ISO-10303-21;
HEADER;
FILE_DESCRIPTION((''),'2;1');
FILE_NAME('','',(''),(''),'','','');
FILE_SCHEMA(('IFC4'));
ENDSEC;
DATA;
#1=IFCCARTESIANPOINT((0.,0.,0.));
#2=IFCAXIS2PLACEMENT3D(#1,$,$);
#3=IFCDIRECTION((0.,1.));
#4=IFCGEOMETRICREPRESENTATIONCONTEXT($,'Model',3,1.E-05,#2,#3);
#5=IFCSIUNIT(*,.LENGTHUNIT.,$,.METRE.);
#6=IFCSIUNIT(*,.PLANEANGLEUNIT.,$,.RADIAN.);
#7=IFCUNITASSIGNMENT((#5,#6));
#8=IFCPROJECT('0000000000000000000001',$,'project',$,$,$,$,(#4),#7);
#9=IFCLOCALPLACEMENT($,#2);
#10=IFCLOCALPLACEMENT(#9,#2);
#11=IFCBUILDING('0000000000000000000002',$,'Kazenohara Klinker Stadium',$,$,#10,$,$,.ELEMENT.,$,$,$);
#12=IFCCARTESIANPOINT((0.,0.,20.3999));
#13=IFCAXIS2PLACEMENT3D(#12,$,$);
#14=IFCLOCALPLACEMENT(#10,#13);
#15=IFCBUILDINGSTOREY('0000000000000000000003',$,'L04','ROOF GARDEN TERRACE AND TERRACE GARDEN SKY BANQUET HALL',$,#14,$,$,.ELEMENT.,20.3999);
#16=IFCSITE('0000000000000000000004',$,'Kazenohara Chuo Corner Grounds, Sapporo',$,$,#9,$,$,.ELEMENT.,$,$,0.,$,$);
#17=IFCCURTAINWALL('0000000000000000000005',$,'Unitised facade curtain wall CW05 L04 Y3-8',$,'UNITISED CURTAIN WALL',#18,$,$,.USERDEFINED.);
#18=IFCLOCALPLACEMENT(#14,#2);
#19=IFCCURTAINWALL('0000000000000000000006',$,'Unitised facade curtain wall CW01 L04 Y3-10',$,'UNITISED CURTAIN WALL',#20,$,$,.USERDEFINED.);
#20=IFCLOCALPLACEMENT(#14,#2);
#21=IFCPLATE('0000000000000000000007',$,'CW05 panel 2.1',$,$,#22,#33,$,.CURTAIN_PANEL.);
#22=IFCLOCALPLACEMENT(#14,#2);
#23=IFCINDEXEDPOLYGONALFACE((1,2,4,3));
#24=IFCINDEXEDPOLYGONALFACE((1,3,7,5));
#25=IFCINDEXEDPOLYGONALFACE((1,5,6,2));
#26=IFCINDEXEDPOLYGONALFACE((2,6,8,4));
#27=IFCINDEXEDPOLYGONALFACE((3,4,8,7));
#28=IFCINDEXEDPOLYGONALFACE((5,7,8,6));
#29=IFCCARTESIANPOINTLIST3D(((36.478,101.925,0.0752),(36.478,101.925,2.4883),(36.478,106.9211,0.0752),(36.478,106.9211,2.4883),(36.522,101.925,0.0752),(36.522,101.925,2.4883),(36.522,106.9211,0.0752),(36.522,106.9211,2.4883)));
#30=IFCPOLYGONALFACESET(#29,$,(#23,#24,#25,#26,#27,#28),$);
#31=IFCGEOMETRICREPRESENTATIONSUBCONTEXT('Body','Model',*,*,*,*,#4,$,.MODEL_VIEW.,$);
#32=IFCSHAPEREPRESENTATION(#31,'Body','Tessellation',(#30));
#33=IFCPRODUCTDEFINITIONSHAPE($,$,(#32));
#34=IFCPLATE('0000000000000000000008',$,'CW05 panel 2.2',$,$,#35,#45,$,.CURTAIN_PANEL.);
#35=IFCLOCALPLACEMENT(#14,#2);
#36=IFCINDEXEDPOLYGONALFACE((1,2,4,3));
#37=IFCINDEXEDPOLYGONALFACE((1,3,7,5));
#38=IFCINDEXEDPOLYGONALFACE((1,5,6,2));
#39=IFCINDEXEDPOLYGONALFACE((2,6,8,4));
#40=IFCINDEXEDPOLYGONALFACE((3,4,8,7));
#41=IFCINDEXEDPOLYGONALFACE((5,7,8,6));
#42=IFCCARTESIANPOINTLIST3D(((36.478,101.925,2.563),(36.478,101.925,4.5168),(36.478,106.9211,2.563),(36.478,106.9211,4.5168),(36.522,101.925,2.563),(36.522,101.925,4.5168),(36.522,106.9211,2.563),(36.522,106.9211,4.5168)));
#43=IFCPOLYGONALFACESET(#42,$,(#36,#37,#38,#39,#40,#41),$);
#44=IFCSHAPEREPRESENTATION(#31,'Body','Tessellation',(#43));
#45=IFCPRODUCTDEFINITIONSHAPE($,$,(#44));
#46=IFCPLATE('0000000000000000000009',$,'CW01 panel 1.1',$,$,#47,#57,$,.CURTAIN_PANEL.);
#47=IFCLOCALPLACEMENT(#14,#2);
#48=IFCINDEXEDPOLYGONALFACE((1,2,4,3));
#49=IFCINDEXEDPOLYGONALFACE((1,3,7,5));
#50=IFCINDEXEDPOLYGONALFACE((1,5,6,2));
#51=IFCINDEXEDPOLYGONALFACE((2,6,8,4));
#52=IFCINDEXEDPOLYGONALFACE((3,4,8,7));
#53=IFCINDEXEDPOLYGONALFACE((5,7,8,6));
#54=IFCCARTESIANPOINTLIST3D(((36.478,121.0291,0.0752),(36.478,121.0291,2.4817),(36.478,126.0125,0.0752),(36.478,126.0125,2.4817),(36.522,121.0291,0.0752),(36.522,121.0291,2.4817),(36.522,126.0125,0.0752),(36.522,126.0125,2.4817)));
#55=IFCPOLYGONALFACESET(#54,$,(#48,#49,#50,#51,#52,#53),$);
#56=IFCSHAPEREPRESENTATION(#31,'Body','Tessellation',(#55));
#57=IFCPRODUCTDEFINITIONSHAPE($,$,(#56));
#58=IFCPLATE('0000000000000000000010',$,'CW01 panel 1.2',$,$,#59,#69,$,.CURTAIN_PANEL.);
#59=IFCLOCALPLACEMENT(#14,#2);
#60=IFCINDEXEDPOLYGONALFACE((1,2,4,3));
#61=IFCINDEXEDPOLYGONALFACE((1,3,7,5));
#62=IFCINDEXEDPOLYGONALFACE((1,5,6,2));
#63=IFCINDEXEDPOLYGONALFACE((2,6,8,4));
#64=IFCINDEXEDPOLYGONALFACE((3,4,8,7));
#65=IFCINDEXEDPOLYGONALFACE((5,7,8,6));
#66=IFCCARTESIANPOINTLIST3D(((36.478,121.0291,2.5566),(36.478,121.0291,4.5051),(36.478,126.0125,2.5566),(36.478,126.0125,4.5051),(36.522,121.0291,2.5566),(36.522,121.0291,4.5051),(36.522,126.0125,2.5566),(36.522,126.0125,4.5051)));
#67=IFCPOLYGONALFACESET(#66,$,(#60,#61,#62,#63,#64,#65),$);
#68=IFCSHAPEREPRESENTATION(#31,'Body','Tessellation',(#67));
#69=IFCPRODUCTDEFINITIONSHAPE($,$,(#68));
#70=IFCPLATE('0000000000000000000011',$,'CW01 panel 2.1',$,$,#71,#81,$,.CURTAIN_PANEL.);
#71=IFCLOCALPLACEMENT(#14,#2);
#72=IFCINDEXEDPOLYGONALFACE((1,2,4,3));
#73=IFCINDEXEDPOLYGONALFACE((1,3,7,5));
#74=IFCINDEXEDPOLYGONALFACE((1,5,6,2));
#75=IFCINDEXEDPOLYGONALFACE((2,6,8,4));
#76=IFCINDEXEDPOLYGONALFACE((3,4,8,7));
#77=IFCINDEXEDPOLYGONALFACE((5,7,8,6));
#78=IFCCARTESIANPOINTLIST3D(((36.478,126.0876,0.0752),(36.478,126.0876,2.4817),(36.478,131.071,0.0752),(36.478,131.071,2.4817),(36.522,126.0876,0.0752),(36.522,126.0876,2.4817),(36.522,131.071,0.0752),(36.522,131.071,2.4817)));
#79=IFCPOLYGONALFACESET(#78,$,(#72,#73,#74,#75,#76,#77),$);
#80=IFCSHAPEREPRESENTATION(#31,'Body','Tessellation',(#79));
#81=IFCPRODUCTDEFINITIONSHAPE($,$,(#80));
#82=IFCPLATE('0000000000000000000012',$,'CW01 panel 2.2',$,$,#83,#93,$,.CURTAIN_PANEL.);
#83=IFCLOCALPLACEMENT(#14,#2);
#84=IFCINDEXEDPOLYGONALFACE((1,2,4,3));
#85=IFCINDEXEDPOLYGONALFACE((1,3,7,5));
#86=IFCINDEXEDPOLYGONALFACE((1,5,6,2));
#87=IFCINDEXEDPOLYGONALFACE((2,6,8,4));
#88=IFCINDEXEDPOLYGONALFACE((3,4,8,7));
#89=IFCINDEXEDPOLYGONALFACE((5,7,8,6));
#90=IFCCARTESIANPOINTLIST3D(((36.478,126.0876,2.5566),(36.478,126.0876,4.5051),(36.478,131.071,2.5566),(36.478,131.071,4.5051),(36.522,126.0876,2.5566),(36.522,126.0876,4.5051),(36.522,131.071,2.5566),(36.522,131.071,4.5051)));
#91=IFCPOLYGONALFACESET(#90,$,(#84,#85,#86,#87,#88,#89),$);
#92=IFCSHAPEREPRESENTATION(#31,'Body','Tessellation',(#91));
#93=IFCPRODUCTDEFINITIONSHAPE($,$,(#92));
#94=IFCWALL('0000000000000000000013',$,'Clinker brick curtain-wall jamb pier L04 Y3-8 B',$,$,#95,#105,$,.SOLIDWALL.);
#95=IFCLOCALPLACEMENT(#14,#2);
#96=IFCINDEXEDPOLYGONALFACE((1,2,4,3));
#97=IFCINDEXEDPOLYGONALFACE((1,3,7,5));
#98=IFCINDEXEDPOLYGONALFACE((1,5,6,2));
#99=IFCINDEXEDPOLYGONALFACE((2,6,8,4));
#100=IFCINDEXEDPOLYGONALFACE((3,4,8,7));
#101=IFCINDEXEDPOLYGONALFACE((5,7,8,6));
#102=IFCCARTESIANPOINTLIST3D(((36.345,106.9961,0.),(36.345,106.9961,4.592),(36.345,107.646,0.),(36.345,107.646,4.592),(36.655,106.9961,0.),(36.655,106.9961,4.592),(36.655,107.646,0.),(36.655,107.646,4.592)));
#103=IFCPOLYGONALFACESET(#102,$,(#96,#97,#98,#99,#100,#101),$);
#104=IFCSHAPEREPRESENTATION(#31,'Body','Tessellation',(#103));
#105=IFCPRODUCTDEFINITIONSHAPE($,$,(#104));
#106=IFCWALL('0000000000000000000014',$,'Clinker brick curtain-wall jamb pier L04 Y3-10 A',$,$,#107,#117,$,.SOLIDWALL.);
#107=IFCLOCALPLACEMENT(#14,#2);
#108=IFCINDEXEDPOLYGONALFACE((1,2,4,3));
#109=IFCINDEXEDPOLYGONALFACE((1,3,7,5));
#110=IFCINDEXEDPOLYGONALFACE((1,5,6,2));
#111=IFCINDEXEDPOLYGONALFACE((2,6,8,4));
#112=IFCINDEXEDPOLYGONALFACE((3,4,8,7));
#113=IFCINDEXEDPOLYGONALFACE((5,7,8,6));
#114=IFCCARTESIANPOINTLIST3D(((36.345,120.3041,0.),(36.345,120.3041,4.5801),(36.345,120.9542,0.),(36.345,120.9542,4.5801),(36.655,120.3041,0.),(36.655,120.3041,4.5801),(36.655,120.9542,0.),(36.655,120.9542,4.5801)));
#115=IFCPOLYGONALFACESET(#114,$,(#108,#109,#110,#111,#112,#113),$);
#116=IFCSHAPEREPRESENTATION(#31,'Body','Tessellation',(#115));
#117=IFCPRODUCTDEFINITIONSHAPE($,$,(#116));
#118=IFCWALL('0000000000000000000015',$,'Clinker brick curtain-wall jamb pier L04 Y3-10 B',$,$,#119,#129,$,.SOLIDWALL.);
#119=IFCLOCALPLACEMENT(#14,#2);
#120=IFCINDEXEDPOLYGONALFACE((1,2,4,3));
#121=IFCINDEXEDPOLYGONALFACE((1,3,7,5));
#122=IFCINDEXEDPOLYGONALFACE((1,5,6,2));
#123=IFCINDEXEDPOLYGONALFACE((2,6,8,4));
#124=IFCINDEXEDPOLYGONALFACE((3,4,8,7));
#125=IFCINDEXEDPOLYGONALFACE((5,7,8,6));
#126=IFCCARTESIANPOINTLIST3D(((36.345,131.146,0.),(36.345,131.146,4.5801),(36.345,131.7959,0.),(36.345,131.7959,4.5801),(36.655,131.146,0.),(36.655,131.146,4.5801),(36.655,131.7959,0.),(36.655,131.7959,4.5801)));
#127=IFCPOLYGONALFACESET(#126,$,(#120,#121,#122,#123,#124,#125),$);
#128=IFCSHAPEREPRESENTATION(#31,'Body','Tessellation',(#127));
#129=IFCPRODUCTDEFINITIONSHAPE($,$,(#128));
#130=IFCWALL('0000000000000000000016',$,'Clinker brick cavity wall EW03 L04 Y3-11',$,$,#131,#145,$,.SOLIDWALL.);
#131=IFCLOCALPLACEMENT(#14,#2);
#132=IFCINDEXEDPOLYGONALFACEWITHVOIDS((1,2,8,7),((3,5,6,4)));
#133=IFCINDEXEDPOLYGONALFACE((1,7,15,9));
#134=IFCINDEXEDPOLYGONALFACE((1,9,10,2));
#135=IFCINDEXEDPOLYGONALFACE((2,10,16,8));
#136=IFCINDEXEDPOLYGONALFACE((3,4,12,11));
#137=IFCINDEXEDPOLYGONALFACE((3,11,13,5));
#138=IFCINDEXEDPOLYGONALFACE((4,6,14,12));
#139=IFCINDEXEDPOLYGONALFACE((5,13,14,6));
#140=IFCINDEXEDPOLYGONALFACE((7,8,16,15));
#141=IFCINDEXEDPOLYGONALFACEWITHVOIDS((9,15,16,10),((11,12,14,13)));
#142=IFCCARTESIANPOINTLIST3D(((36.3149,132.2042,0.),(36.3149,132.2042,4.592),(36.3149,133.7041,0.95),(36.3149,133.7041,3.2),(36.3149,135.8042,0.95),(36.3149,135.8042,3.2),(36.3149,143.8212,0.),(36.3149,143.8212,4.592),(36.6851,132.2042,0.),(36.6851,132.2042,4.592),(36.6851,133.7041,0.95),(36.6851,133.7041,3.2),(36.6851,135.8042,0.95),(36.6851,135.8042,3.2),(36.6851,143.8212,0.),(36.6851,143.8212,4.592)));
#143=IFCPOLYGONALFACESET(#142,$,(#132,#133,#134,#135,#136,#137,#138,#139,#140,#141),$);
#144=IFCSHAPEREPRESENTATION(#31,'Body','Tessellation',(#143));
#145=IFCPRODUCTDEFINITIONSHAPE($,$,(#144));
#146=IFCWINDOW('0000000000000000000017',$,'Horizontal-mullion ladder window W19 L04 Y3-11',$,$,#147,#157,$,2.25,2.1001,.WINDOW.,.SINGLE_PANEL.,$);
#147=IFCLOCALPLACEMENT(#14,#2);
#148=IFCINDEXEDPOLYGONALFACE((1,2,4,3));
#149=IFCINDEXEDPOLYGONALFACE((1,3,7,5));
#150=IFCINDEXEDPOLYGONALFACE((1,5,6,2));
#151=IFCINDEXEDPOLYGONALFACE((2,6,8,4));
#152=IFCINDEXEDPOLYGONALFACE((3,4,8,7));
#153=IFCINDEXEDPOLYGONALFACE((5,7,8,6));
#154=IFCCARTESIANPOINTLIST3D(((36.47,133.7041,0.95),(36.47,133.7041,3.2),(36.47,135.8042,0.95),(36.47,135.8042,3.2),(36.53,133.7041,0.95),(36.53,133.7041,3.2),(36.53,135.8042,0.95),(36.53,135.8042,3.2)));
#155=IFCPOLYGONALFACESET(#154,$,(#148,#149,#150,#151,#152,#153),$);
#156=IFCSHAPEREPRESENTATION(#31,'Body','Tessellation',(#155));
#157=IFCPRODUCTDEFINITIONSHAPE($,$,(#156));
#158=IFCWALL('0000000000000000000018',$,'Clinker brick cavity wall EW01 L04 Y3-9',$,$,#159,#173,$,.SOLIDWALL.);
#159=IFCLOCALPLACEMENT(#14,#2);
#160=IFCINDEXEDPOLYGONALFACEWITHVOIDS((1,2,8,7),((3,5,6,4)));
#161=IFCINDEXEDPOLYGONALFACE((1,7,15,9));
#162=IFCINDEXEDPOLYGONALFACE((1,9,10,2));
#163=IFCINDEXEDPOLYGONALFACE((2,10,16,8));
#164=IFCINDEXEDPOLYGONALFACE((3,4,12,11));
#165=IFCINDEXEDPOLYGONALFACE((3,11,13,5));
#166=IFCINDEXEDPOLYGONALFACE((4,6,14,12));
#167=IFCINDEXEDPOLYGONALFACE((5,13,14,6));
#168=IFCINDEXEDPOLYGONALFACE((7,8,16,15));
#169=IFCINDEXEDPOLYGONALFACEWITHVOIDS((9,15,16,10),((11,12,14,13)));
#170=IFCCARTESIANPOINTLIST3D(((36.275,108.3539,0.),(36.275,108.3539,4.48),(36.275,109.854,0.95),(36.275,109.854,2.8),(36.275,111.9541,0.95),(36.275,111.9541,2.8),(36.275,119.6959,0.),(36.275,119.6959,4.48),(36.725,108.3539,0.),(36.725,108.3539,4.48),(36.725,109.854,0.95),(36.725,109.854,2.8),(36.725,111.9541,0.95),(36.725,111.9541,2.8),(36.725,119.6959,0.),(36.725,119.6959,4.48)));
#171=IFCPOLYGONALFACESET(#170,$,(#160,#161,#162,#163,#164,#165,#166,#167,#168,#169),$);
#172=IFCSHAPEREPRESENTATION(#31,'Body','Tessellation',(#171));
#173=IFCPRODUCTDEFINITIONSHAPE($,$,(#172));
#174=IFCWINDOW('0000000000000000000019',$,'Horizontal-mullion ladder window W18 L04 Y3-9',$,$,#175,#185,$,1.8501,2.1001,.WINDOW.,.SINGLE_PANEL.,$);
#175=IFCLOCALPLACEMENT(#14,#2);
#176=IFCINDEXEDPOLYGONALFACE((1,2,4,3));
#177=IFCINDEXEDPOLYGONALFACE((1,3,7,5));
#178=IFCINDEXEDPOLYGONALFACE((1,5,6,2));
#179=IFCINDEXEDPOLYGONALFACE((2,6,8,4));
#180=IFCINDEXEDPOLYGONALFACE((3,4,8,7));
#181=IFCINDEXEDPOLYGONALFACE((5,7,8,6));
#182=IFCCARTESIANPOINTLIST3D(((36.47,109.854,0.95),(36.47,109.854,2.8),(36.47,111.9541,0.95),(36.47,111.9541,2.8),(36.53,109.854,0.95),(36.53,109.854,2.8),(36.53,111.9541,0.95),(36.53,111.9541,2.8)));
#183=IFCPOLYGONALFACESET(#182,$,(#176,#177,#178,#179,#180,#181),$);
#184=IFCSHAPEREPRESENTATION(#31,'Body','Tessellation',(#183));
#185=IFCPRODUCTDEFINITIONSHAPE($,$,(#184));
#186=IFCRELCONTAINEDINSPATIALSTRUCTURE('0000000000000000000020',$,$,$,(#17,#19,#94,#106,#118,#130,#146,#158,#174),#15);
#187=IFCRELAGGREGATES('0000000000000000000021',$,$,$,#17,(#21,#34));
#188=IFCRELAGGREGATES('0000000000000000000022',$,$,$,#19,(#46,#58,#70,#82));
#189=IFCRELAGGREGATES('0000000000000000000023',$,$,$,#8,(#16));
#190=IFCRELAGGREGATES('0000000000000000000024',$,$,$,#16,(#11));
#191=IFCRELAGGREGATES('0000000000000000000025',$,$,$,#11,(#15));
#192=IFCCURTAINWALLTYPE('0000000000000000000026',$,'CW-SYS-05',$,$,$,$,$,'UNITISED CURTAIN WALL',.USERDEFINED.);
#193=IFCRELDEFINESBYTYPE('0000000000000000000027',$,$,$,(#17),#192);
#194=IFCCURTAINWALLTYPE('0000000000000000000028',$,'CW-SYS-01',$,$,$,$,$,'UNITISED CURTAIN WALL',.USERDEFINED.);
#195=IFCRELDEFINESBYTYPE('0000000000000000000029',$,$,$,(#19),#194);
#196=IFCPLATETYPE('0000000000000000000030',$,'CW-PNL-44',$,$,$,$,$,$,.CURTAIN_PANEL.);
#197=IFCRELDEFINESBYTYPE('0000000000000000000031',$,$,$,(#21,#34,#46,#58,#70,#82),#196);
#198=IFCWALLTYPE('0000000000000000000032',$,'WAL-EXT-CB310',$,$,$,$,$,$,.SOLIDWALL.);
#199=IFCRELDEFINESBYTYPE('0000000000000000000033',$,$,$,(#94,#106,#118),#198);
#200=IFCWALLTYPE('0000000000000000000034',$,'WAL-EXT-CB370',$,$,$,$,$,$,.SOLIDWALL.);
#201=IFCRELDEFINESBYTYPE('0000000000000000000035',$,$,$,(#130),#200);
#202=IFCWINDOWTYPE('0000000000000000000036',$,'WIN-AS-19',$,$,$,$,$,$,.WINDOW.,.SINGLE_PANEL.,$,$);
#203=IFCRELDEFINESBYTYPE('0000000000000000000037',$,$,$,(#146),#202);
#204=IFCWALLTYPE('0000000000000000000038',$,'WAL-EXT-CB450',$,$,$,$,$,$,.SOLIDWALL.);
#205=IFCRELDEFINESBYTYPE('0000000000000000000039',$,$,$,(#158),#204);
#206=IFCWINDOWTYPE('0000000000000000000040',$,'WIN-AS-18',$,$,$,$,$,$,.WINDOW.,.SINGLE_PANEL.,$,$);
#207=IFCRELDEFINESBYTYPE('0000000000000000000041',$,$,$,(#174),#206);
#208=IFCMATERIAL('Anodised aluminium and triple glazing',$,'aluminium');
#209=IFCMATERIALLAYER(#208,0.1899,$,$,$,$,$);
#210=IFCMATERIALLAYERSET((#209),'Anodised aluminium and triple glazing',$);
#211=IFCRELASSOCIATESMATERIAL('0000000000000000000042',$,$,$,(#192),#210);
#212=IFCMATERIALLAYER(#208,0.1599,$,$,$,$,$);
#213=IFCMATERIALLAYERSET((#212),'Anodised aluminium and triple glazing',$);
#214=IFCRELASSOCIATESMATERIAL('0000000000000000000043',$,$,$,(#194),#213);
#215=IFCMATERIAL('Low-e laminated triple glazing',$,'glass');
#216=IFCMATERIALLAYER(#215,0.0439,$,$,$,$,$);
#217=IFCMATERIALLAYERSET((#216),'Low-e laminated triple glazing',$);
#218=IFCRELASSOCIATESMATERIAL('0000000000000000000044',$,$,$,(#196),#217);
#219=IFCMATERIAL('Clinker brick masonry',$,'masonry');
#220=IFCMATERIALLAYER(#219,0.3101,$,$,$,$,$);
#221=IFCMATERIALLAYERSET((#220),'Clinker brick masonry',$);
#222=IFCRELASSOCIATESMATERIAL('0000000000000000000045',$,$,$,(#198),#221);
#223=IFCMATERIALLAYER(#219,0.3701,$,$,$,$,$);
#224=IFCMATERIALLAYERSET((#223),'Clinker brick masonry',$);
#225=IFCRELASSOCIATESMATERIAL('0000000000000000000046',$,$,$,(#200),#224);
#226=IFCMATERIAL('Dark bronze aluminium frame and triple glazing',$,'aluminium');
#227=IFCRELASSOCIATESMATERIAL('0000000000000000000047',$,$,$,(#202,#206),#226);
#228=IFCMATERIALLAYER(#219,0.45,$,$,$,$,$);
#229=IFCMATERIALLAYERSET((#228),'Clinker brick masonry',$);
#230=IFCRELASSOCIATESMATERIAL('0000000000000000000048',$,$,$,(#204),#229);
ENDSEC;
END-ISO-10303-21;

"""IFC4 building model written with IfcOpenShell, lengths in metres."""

from ifc_helpers import new_model, si_unit, direction, frame, frame_2d, origin, origin_2d, place, context, subcontext, project, spatial, rectangle, extrude, material, layer, layer_set, type_object, element, fill, aggregate, save


model = new_model("IFC4")

# Units and contexts
model_context = context("Model", 3, precision=1e-05, world=origin(), true_north=direction((0.0, 1.0)))
body_context = subcontext(model_context, "Body", "Model", "MODEL_VIEW")
ifc_project = project(units=[si_unit("LENGTHUNIT", "METRE"), si_unit("PLANEANGLEUNIT", "RADIAN")], contexts=[model_context])

# Site, building, storey
site_placement = place(None, origin())
site = spatial("IfcSite", under=ifc_project, at=site_placement, Name="Kazenohara Chuo Corner Grounds, Sapporo", CompositionType="ELEMENT", RefElevation=0.0)
building_placement = place(site_placement, origin())
building = spatial("IfcBuilding", under=site, at=building_placement, Name="Kazenohara Klinker Stadium", CompositionType="ELEMENT")
storey_placement = place(building_placement, frame((0.0, 0.0, 20.3999)))
storey = spatial("IfcBuildingStorey", under=building, at=storey_placement, Name="L04", Description="ROOF GARDEN TERRACE AND TERRACE GARDEN SKY BANQUET HALL", CompositionType="ELEMENT", Elevation=20.3999)

# Curtain wall
ifc_material_1 = material(Name="Anodised aluminium and triple glazing", Category="aluminium")
ifc_layer_1 = layer(ifc_material_1, 0.1899)
ifc_layer_set_1 = layer_set([ifc_layer_1], Name="Anodised aluminium and triple glazing")
curtain_wall_type_1 = type_object("IfcCurtainWallType", Name="CW-SYS-05", ElementType="UNITISED CURTAIN WALL", PredefinedType="USERDEFINED", material=ifc_layer_set_1)
curtain_wall_1_placement = place(storey_placement, origin())
curtain_wall_1 = element("IfcCurtainWall", 1, at=curtain_wall_1_placement, inside=storey, type_object=curtain_wall_type_1, Name="Unitised facade curtain wall CW05 L04 Y3-8", ObjectType="UNITISED CURTAIN WALL", PredefinedType="USERDEFINED")

# Curtain wall
ifc_layer_2 = layer(ifc_material_1, 0.1599)
ifc_layer_set_2 = layer_set([ifc_layer_2], Name="Anodised aluminium and triple glazing")
curtain_wall_type_2 = type_object("IfcCurtainWallType", Name="CW-SYS-01", ElementType="UNITISED CURTAIN WALL", PredefinedType="USERDEFINED", material=ifc_layer_set_2)
curtain_wall_2_placement = place(storey_placement, origin())
curtain_wall_2 = element("IfcCurtainWall", 2, at=curtain_wall_2_placement, inside=storey, type_object=curtain_wall_type_2, Name="Unitised facade curtain wall CW01 L04 Y3-10", ObjectType="UNITISED CURTAIN WALL", PredefinedType="USERDEFINED")

# Plates
ifc_material_2 = material(Name="Low-e laminated triple glazing", Category="glass")
ifc_layer_3 = layer(ifc_material_2, 0.0439)
ifc_layer_set_3 = layer_set([ifc_layer_3], Name="Low-e laminated triple glazing")
plate_type = type_object("IfcPlateType", Name="CW-PNL-44", PredefinedType="CURTAIN_PANEL", material=ifc_layer_set_3)
plate_1_placement = place(storey_placement, frame((36.5, 104.4231, 0.0752), z_axis=(0.0, 0.0, 1.0), x_axis=(0.0, 1.0, 0.0)))
plate_1 = element("IfcPlate", 3, at=plate_1_placement, type_object=plate_type, Name="CW05 panel 2.1", PredefinedType="CURTAIN_PANEL", context=body_context, shape_type="SweptSolid", body=[
    extrude(rectangle(XDim=4.9961, YDim=0.0439, at=origin_2d()), origin(), (0.0, 0.0, 1.0), 2.4131),
])
plate_2_placement = place(storey_placement, frame((36.5, 104.4231, 2.563), z_axis=(0.0, 0.0, 1.0), x_axis=(0.0, 1.0, 0.0)))
plate_2 = element("IfcPlate", 4, at=plate_2_placement, type_object=plate_type, Name="CW05 panel 2.2", PredefinedType="CURTAIN_PANEL", context=body_context, shape_type="SweptSolid", body=[
    extrude(rectangle(XDim=4.9961, YDim=0.0439, at=origin_2d()), origin(), (0.0, 0.0, 1.0), 1.9539),
])
aggregate(curtain_wall_1, [plate_1, plate_2])
plate_3_placement = place(storey_placement, frame((36.5, 123.5208, 0.0752), z_axis=(0.0, 0.0, 1.0), x_axis=(0.0, 1.0, 0.0)))
plate_3 = element("IfcPlate", 5, at=plate_3_placement, type_object=plate_type, Name="CW01 panel 1.1", PredefinedType="CURTAIN_PANEL", context=body_context, shape_type="SweptSolid", body=[
    extrude(rectangle(XDim=4.9834, YDim=0.0439, at=origin_2d()), origin(), (0.0, 0.0, 1.0), 2.4065),
])
plate_4_placement = place(storey_placement, frame((36.5, 123.5208, 2.5566), z_axis=(0.0, 0.0, 1.0), x_axis=(0.0, 1.0, 0.0)))
plate_4 = element("IfcPlate", 6, at=plate_4_placement, type_object=plate_type, Name="CW01 panel 1.2", PredefinedType="CURTAIN_PANEL", context=body_context, shape_type="SweptSolid", body=[
    extrude(rectangle(XDim=4.9834, YDim=0.0439, at=origin_2d()), origin(), (0.0, 0.0, 1.0), 1.9485),
])
plate_5_placement = place(storey_placement, frame((36.5, 128.5793, 0.0752), z_axis=(0.0, 0.0, 1.0), x_axis=(0.0, 1.0, 0.0)))
plate_5 = element("IfcPlate", 7, at=plate_5_placement, type_object=plate_type, Name="CW01 panel 2.1", PredefinedType="CURTAIN_PANEL", context=body_context, shape_type="SweptSolid", body=[
    extrude(rectangle(XDim=4.9834, YDim=0.0439, at=origin_2d()), origin(), (0.0, 0.0, 1.0), 2.4065),
])
plate_6_placement = place(storey_placement, frame((36.5, 128.5793, 2.5566), z_axis=(0.0, 0.0, 1.0), x_axis=(0.0, 1.0, 0.0)))
plate_6 = element("IfcPlate", 8, at=plate_6_placement, type_object=plate_type, Name="CW01 panel 2.2", PredefinedType="CURTAIN_PANEL", context=body_context, shape_type="SweptSolid", body=[
    extrude(rectangle(XDim=4.9834, YDim=0.0439, at=origin_2d()), origin(), (0.0, 0.0, 1.0), 1.9485),
])
aggregate(curtain_wall_2, [plate_3, plate_4, plate_5, plate_6])

# Walls
ifc_material_3 = material(Name="Clinker brick masonry", Category="masonry")
ifc_layer_4 = layer(ifc_material_3, 0.3101)
ifc_layer_set_4 = layer_set([ifc_layer_4], Name="Clinker brick masonry")
wall_type_1 = type_object("IfcWallType", Name="WAL-EXT-CB310", PredefinedType="SOLIDWALL", material=ifc_layer_set_4)
wall_1_placement = place(storey_placement, frame((36.5, 106.9961, 0.0), z_axis=(0.0, 0.0, 1.0), x_axis=(0.0, 1.0, 0.0)))
element("IfcWall", 9, at=wall_1_placement, inside=storey, type_object=wall_type_1, Name="Clinker brick curtain-wall jamb pier L04 Y3-8 B", PredefinedType="SOLIDWALL", context=body_context, shape_type="SweptSolid", body=[
    extrude(rectangle(XDim=0.6499, YDim=0.3101, at=frame_2d((0.325, 0.0))), origin(), (0.0, 0.0, 1.0), 4.592),
])
wall_2_placement = place(storey_placement, frame((36.5, 120.304, 0.0), z_axis=(0.0, 0.0, 1.0), x_axis=(0.0, 1.0, 0.0)))
element("IfcWall", 10, at=wall_2_placement, inside=storey, type_object=wall_type_1, Name="Clinker brick curtain-wall jamb pier L04 Y3-10 A", PredefinedType="SOLIDWALL", context=body_context, shape_type="SweptSolid", body=[
    extrude(rectangle(XDim=0.6501, YDim=0.3101, at=frame_2d((0.3252, 0.0))), origin(), (0.0, 0.0, 1.0), 4.5801),
])
wall_3_placement = place(storey_placement, frame((36.5, 131.146, 0.0), z_axis=(0.0, 0.0, 1.0), x_axis=(0.0, 1.0, 0.0)))
element("IfcWall", 11, at=wall_3_placement, inside=storey, type_object=wall_type_1, Name="Clinker brick curtain-wall jamb pier L04 Y3-10 B", PredefinedType="SOLIDWALL", context=body_context, shape_type="SweptSolid", body=[
    extrude(rectangle(XDim=0.6499, YDim=0.3101, at=frame_2d((0.325, 0.0))), origin(), (0.0, 0.0, 1.0), 4.5801),
])

# Walls, openings, windows
ifc_layer_5 = layer(ifc_material_3, 0.3701)
ifc_layer_set_5 = layer_set([ifc_layer_5], Name="Clinker brick masonry")
wall_type_2 = type_object("IfcWallType", Name="WAL-EXT-CB370", PredefinedType="SOLIDWALL", material=ifc_layer_set_5)
wall_4_placement = place(storey_placement, frame((36.5, 132.2041, 0.0), z_axis=(0.0, 0.0, 1.0), x_axis=(0.0, 1.0, 0.0)))
wall_4 = element("IfcWall", 12, at=wall_4_placement, inside=storey, type_object=wall_type_2, Name="Clinker brick cavity wall EW03 L04 Y3-11", PredefinedType="SOLIDWALL", context=body_context, shape_type="SweptSolid", body=[
    extrude(rectangle(XDim=11.6169, YDim=0.3701, at=frame_2d((5.8086, 0.0))), origin(), (0.0, 0.0, 1.0), 4.592),
])
opening_1_placement = place(wall_4_placement, frame((1.5, 0.0, 0.95)))
opening_1 = element("IfcOpeningElement", 13, at=opening_1_placement, cuts=wall_4, PredefinedType="OPENING", context=body_context, shape_type="SweptSolid", body=[
    extrude(rectangle(XDim=2.1001, YDim=2.25, at=frame_2d((1.05, 1.125))), frame((0.0, 0.1951, 0.0), z_axis=(0.0, -1.0, 0.0), x_axis=(1.0, 0.0, 0.0)), (0.0, 0.0, 1.0), 0.3901),
])
ifc_material_4 = material(Name="Dark bronze aluminium frame and triple glazing", Category="aluminium")
window_type_1 = type_object("IfcWindowType", Name="WIN-AS-19", PartitioningType="SINGLE_PANEL", PredefinedType="WINDOW", material=ifc_material_4)
window_1_placement = place(opening_1_placement, origin())
window_1 = element("IfcWindow", 14, at=window_1_placement, inside=storey, type_object=window_type_1, Name="Horizontal-mullion ladder window W19 L04 Y3-11", OverallHeight=2.25, OverallWidth=2.1001, PartitioningType="SINGLE_PANEL", PredefinedType="WINDOW", context=body_context, shape_type="SweptSolid", body=[
    extrude(rectangle(XDim=2.1001, YDim=2.25, at=frame_2d((1.05, 1.125))), frame((0.0, 0.03, 0.0), z_axis=(0.0, -1.0, 0.0), x_axis=(1.0, 0.0, 0.0)), (0.0, 0.0, 1.0), 0.0601),
])
fill(opening_1, window_1)
ifc_layer_6 = layer(ifc_material_3, 0.45)
ifc_layer_set_6 = layer_set([ifc_layer_6], Name="Clinker brick masonry")
wall_type_3 = type_object("IfcWallType", Name="WAL-EXT-CB450", PredefinedType="SOLIDWALL", material=ifc_layer_set_6)
wall_5_placement = place(storey_placement, frame((36.5, 108.354, 0.0), z_axis=(0.0, 0.0, 1.0), x_axis=(0.0, 1.0, 0.0)))
wall_5 = element("IfcWall", 15, at=wall_5_placement, inside=storey, type_object=wall_type_3, Name="Clinker brick cavity wall EW01 L04 Y3-9", PredefinedType="SOLIDWALL", context=body_context, shape_type="SweptSolid", body=[
    extrude(rectangle(XDim=11.342, YDim=0.45, at=frame_2d((5.6709, 0.0))), origin(), (0.0, 0.0, 1.0), 4.48),
])
opening_2_placement = place(wall_5_placement, frame((1.5, 0.0, 0.95)))
opening_2 = element("IfcOpeningElement", 16, at=opening_2_placement, cuts=wall_5, PredefinedType="OPENING", context=body_context, shape_type="SweptSolid", body=[
    extrude(rectangle(XDim=2.1001, YDim=1.8501, at=frame_2d((1.05, 0.925))), frame((0.0, 0.2349, 0.0), z_axis=(0.0, -1.0, 0.0), x_axis=(1.0, 0.0, 0.0)), (0.0, 0.0, 1.0), 0.47),
])
window_type_2 = type_object("IfcWindowType", Name="WIN-AS-18", PartitioningType="SINGLE_PANEL", PredefinedType="WINDOW", material=ifc_material_4)
window_2_placement = place(opening_2_placement, origin())
window_2 = element("IfcWindow", 17, at=window_2_placement, inside=storey, type_object=window_type_2, Name="Horizontal-mullion ladder window W18 L04 Y3-9", OverallHeight=1.8501, OverallWidth=2.1001, PartitioningType="SINGLE_PANEL", PredefinedType="WINDOW", context=body_context, shape_type="SweptSolid", body=[
    extrude(rectangle(XDim=2.1001, YDim=1.8501, at=frame_2d((1.05, 0.925))), frame((0.0, 0.03, 0.0), z_axis=(0.0, -1.0, 0.0), x_axis=(1.0, 0.0, 0.0)), (0.0, 0.0, 1.0), 0.0601),
])
fill(opening_2, window_2)

save(model, "model.ifc")
